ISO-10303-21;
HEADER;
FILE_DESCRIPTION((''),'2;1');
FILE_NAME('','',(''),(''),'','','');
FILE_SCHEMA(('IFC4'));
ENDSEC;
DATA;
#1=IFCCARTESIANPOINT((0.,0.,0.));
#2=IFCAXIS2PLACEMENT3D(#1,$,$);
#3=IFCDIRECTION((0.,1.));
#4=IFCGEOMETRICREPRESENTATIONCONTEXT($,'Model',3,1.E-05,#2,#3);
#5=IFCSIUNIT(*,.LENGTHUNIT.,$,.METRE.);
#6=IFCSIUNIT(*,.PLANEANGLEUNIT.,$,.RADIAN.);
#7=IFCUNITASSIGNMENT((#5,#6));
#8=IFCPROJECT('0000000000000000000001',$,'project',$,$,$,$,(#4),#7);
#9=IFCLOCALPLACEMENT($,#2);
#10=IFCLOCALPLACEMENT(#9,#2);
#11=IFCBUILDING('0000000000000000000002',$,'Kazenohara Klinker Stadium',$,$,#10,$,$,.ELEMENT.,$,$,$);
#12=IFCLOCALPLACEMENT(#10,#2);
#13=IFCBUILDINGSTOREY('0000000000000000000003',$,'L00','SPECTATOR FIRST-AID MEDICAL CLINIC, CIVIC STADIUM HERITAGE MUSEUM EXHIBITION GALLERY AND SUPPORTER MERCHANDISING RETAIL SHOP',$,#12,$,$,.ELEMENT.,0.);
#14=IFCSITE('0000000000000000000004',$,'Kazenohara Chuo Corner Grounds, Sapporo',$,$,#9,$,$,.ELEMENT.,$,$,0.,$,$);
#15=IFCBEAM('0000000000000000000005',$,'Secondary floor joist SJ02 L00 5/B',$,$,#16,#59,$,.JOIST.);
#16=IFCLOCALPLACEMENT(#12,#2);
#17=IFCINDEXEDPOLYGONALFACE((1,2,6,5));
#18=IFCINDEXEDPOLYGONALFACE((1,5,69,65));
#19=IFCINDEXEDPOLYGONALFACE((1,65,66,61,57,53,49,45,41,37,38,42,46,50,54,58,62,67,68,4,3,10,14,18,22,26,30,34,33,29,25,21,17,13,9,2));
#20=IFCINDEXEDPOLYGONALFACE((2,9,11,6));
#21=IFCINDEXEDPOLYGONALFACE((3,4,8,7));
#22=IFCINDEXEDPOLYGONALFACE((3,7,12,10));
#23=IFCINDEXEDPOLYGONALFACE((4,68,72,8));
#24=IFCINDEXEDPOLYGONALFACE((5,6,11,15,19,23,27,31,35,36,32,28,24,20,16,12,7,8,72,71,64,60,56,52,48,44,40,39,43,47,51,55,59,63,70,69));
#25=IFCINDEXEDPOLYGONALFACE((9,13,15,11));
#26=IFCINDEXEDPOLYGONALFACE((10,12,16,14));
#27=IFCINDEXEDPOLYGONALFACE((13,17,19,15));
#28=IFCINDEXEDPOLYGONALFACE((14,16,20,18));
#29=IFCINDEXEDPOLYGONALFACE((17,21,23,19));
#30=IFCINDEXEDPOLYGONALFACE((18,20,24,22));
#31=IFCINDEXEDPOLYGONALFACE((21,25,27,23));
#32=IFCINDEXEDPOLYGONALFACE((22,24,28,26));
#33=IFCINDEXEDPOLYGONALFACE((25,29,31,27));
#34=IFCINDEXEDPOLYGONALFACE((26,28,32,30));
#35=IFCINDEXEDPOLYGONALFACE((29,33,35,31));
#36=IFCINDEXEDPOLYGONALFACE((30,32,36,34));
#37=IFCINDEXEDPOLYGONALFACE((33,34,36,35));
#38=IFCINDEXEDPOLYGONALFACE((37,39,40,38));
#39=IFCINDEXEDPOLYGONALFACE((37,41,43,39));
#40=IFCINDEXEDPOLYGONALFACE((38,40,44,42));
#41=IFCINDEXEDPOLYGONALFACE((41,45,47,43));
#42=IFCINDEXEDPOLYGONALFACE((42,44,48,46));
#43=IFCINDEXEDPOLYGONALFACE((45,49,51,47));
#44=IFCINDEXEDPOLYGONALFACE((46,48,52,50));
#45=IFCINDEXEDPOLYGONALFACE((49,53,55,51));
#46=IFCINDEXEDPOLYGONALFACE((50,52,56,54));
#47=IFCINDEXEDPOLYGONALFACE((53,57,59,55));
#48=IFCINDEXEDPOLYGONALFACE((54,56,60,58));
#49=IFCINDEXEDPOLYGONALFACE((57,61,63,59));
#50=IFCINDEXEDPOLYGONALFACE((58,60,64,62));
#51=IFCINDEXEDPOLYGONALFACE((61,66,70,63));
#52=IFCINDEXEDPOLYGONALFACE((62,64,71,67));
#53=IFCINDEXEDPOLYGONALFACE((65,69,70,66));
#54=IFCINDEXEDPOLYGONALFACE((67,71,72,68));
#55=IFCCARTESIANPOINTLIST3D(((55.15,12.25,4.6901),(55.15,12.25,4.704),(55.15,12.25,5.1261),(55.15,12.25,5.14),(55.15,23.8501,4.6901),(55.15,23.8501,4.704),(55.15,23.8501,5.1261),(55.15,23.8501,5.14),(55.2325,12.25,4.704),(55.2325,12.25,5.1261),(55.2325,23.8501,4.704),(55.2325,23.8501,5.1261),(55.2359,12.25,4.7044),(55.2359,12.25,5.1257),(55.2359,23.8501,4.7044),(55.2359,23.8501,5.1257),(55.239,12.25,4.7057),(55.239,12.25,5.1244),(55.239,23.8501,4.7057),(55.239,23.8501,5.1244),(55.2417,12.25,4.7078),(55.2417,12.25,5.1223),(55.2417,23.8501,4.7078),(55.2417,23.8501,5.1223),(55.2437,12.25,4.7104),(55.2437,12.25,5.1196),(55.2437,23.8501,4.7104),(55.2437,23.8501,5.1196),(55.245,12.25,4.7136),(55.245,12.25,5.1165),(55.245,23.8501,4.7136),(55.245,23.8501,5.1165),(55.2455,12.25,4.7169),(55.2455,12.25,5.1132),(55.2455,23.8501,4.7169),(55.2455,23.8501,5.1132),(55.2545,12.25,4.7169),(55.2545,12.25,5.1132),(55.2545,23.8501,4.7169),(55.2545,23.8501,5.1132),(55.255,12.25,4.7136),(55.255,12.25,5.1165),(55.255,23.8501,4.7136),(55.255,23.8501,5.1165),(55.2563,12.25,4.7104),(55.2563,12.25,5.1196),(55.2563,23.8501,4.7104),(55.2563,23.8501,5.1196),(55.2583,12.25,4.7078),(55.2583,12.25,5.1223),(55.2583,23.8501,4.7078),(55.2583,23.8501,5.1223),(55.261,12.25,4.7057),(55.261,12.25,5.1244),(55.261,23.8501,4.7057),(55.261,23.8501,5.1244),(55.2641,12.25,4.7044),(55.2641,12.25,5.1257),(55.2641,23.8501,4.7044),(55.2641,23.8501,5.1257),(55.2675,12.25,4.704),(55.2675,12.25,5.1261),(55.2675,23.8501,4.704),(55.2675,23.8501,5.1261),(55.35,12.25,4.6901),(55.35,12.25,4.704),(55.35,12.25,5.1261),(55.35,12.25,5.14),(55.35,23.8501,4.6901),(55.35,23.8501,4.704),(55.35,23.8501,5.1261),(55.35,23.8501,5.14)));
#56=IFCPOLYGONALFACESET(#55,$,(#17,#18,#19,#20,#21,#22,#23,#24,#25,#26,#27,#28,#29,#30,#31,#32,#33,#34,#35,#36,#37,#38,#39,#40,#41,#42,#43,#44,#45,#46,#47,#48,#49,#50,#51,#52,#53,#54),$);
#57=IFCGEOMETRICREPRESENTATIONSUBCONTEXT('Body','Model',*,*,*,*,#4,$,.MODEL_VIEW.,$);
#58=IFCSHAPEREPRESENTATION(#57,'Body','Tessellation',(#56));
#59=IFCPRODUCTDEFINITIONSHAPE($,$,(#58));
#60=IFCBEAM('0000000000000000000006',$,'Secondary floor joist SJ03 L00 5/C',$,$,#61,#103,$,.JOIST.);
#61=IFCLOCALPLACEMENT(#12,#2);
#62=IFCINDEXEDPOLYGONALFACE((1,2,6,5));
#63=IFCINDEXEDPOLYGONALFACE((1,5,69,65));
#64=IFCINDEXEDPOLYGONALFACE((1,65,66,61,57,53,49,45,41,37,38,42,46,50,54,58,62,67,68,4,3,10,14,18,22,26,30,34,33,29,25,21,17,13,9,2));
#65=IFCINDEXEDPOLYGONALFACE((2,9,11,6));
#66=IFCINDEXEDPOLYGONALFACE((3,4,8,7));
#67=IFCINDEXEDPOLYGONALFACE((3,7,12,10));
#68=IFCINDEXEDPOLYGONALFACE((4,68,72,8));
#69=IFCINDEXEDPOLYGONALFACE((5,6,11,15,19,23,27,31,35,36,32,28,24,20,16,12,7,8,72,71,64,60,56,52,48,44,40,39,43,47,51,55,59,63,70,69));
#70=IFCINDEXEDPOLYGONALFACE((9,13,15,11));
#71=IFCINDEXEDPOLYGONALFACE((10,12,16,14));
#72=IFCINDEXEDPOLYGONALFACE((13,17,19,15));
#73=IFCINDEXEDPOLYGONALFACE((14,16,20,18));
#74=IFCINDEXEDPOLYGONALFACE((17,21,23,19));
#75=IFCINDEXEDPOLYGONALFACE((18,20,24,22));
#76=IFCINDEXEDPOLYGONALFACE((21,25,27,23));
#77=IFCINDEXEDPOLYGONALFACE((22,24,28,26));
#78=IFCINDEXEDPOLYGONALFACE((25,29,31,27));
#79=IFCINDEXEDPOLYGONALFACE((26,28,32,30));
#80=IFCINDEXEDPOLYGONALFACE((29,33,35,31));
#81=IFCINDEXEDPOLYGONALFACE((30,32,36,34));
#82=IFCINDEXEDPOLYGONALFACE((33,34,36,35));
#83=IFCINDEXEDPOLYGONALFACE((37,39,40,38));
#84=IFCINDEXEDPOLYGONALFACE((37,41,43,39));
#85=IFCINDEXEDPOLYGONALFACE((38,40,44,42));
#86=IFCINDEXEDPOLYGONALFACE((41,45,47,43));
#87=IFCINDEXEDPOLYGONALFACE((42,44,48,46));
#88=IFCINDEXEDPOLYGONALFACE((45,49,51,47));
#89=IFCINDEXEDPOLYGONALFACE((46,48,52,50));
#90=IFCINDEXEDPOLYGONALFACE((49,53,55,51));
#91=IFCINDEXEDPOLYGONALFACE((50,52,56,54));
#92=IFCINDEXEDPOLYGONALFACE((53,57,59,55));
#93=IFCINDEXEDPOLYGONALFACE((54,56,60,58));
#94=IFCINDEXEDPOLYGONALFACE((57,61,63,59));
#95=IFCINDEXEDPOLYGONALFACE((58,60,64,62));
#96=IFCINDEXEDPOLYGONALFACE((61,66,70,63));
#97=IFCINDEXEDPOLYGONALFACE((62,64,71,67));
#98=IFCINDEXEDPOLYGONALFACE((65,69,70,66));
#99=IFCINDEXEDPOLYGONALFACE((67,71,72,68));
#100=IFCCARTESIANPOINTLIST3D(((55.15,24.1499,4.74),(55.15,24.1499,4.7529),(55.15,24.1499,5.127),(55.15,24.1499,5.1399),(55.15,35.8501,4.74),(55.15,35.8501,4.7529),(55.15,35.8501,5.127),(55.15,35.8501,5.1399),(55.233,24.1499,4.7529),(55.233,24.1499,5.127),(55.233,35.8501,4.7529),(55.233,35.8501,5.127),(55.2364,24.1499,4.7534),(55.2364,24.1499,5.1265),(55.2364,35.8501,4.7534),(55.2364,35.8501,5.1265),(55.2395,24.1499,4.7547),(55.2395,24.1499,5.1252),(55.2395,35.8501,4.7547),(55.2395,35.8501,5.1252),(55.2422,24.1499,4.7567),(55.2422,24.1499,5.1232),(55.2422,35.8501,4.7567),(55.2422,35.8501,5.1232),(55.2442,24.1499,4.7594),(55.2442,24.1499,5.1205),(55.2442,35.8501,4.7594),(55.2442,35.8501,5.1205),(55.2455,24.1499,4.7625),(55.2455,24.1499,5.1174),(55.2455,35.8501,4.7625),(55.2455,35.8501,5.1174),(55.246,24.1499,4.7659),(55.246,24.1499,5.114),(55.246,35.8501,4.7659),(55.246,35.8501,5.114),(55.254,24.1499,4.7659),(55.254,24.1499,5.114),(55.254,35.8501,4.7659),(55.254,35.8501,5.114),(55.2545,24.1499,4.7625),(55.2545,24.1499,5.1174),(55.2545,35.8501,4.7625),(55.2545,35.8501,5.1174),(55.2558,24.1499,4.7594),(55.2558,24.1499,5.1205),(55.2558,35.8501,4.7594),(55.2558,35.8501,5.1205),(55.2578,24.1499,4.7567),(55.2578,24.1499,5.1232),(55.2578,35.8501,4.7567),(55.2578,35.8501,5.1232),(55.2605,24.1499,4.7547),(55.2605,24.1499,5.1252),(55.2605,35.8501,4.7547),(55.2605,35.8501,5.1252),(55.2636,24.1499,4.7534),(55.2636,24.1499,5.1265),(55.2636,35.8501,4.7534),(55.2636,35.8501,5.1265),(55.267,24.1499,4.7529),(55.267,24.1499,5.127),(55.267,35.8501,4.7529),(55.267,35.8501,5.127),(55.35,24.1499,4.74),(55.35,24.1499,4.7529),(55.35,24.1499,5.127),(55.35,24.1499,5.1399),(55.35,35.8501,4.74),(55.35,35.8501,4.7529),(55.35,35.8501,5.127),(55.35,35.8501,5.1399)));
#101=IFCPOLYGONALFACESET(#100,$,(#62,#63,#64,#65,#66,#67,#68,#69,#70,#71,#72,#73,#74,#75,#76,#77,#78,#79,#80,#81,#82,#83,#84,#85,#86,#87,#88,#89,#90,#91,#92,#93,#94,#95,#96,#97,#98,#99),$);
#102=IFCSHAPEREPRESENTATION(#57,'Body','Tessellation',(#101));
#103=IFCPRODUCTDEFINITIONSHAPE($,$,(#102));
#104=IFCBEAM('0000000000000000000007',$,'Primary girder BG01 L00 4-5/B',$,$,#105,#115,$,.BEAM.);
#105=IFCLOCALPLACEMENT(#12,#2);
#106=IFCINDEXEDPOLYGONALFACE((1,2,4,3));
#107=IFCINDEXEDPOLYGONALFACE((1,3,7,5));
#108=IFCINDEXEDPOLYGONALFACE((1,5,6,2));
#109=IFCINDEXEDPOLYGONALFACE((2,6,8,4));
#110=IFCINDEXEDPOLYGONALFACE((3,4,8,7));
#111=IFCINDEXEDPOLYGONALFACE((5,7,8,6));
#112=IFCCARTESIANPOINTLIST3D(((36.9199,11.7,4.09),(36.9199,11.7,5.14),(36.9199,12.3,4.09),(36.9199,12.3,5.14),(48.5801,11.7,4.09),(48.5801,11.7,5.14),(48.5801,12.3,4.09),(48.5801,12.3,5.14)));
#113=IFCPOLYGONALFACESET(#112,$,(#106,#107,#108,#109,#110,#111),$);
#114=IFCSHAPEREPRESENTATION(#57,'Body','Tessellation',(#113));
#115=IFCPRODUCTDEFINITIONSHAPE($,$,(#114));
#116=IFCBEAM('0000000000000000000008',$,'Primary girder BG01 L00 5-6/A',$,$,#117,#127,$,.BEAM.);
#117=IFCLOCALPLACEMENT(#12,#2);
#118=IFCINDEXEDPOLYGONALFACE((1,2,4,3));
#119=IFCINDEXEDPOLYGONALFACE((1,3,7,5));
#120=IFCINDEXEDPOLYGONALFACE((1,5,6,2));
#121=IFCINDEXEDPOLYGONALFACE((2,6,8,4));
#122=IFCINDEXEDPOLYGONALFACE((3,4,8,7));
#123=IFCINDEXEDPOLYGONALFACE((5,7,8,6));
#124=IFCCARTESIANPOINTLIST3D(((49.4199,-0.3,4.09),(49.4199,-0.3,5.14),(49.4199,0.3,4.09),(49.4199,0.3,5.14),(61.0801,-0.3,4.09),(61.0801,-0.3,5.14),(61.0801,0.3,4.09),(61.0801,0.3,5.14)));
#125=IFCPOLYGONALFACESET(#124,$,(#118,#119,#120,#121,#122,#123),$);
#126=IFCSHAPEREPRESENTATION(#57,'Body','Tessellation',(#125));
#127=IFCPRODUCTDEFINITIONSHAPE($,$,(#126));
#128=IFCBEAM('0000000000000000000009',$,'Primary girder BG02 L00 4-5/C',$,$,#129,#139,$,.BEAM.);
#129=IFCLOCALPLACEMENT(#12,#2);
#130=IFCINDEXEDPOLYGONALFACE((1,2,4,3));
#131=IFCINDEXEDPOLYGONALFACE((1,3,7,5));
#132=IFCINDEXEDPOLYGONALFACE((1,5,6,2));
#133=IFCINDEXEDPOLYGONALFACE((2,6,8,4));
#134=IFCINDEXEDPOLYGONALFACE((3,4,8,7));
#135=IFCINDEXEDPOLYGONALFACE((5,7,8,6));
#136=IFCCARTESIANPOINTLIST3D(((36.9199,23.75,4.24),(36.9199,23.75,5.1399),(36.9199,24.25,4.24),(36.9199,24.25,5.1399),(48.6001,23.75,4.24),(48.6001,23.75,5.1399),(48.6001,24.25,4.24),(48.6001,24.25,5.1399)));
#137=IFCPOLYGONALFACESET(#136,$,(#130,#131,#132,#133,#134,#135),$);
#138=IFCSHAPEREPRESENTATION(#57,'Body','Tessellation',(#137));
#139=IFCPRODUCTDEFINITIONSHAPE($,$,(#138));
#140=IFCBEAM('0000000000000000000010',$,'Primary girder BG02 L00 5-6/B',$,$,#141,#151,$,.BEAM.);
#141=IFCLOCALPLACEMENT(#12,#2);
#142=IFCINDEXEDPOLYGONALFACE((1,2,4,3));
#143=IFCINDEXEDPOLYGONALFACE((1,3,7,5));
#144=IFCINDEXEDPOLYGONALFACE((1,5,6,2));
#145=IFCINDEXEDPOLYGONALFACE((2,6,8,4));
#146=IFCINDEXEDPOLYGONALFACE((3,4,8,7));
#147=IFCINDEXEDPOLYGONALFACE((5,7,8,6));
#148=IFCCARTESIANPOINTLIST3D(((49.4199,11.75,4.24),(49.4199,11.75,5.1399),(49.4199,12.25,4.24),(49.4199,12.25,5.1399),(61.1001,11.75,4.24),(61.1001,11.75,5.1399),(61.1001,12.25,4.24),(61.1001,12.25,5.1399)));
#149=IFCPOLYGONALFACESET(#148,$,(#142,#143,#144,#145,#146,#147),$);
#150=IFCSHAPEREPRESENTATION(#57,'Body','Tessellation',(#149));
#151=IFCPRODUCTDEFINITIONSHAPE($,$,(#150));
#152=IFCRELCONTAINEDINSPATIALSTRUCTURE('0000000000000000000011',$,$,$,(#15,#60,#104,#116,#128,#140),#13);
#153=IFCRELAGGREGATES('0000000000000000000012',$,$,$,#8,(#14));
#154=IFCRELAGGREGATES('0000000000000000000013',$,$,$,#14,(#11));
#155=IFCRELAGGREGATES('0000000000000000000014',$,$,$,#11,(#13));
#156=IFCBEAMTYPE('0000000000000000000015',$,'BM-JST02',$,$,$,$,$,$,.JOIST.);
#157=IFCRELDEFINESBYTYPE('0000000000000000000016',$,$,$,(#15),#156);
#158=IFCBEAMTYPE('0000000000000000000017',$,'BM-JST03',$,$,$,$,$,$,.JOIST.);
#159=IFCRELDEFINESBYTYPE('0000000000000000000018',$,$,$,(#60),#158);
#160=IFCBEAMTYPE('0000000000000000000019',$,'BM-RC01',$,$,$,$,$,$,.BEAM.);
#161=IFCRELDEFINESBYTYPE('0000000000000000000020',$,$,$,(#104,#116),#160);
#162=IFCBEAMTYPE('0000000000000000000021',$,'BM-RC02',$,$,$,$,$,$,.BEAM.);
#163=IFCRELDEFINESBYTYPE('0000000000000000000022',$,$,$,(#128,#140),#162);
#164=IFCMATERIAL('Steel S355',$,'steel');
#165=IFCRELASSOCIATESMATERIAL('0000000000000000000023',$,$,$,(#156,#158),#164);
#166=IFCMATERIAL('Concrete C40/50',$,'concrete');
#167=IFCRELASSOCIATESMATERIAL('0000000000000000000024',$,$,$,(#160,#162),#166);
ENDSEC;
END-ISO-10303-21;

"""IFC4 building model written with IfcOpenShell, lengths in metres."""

from ifc_helpers import new_model, si_unit, direction, frame, origin, origin_2d, place, context, subcontext, project, spatial, rectangle, i_section, extrude, material, material_profile, profile_set, type_object, element, save


model = new_model("IFC4")

# Units and contexts
model_context = context("Model", 3, precision=1e-05, world=origin(), true_north=direction((0.0, 1.0)))
body_context = subcontext(model_context, "Body", "Model", "MODEL_VIEW")
ifc_project = project(units=[si_unit("LENGTHUNIT", "METRE"), si_unit("PLANEANGLEUNIT", "RADIAN")], contexts=[model_context])

# Site, building, storey
site_placement = place(None, origin())
site = spatial("IfcSite", under=ifc_project, at=site_placement, Name="Kazenohara Chuo Corner Grounds, Sapporo", CompositionType="ELEMENT", RefElevation=0.0)
building_placement = place(site_placement, origin())
building = spatial("IfcBuilding", under=site, at=building_placement, Name="Kazenohara Klinker Stadium", CompositionType="ELEMENT")
storey_placement = place(building_placement, origin())
storey = spatial("IfcBuildingStorey", under=building, at=storey_placement, Name="L00", Description="SPECTATOR FIRST-AID MEDICAL CLINIC, CIVIC STADIUM HERITAGE MUSEUM EXHIBITION GALLERY AND SUPPORTER MERCHANDISING RETAIL SHOP", CompositionType="ELEMENT", Elevation=0.0)

# Shared definitions
ifc_material_1 = material(Name="Concrete C40/50", Category="concrete")

# Beams
ifc_material_2 = material(Name="Steel S355", Category="steel")
ifc_material_profile_1 = material_profile(ifc_material_2, i_section(OverallWidth=0.2, OverallDepth=0.45, WebThickness=0.009, FlangeThickness=0.0139, FilletRadius=0.0129, at=origin_2d()), Name="H-450x200x9x14")
ifc_profile_set_1 = profile_set([ifc_material_profile_1], Name="Steel S355")
beam_type_1 = type_object("IfcBeamType", Name="BM-JST02", PredefinedType="JOIST", material=ifc_profile_set_1)
beam_1_placement = place(storey_placement, frame((55.25, 12.25, 4.915), z_axis=(0.0, 1.0, 0.0), x_axis=(-1.0, 0.0, 0.0)))
element("IfcBeam", 1, at=beam_1_placement, inside=storey, type_object=beam_type_1, Name="Secondary floor joist SJ02 L00 5/B", PredefinedType="JOIST", context=body_context, shape_type="SweptSolid", body=[
    extrude(i_section(OverallWidth=0.2, OverallDepth=0.45, WebThickness=0.009, FlangeThickness=0.0139, FilletRadius=0.0129, at=origin_2d()), origin(), (0.0, 0.0, 1.0), 11.6001),
])
ifc_material_profile_2 = material_profile(ifc_material_2, i_section(OverallWidth=0.2, OverallDepth=0.3999, WebThickness=0.0081, FlangeThickness=0.0129, FilletRadius=0.0129, at=origin_2d()), Name="H-400x200x8x13")
ifc_profile_set_2 = profile_set([ifc_material_profile_2], Name="Steel S355")
beam_type_2 = type_object("IfcBeamType", Name="BM-JST03", PredefinedType="JOIST", material=ifc_profile_set_2)
beam_2_placement = place(storey_placement, frame((55.25, 24.1499, 4.9399), z_axis=(0.0, 1.0, 0.0), x_axis=(-1.0, 0.0, 0.0)))
element("IfcBeam", 2, at=beam_2_placement, inside=storey, type_object=beam_type_2, Name="Secondary floor joist SJ03 L00 5/C", PredefinedType="JOIST", context=body_context, shape_type="SweptSolid", body=[
    extrude(i_section(OverallWidth=0.2, OverallDepth=0.3999, WebThickness=0.0081, FlangeThickness=0.0129, FilletRadius=0.0129, at=origin_2d()), origin(), (0.0, 0.0, 1.0), 11.7002),
])
ifc_material_profile_3 = material_profile(ifc_material_1, rectangle(XDim=0.6001, YDim=1.05, at=origin_2d()), Name="RC-BM-600x1050")
ifc_profile_set_3 = profile_set([ifc_material_profile_3], Name="Concrete C40/50")
beam_type_3 = type_object("IfcBeamType", Name="BM-RC01", PredefinedType="BEAM", material=ifc_profile_set_3)
for number, where, z_axis, x_axis, name in (
    (3, (36.9199, 12.0, 4.615), (1.0, 0.0, 0.0), (0.0, 1.0, 0.0), "Primary girder BG01 L00 4-5/B"),
    (4, (49.4199, 0.0, 4.615), (1.0, 0.0, 0.0), (0.0, 1.0, 0.0), "Primary girder BG01 L00 5-6/A"),
):
    element("IfcBeam", number, at=place(storey_placement, frame(where, z_axis=z_axis, x_axis=x_axis)), inside=storey, type_object=beam_type_3, Name=name, PredefinedType="BEAM", context=body_context, shape_type="SweptSolid", body=[
        extrude(rectangle(XDim=0.6001, YDim=1.05, at=origin_2d()), origin(), (0.0, 0.0, 1.0), 11.6602),
    ])
ifc_material_profile_4 = material_profile(ifc_material_1, rectangle(XDim=0.5, YDim=0.8999, at=origin_2d()), Name="RC-BM-500x900")
ifc_profile_set_4 = profile_set([ifc_material_profile_4], Name="Concrete C40/50")
beam_type_4 = type_object("IfcBeamType", Name="BM-RC02", PredefinedType="BEAM", material=ifc_profile_set_4)
for number, where, z_axis, x_axis, name in (
    (5, (36.9199, 24.0, 4.6899), (1.0, 0.0, 0.0), (0.0, 1.0, 0.0), "Primary girder BG02 L00 4-5/C"),
    (6, (49.4199, 12.0, 4.6899), (1.0, 0.0, 0.0), (0.0, 1.0, 0.0), "Primary girder BG02 L00 5-6/B"),
):
    element("IfcBeam", number, at=place(storey_placement, frame(where, z_axis=z_axis, x_axis=x_axis)), inside=storey, type_object=beam_type_4, Name=name, PredefinedType="BEAM", context=body_context, shape_type="SweptSolid", body=[
        extrude(rectangle(XDim=0.5, YDim=0.8999, at=origin_2d()), origin(), (0.0, 0.0, 1.0), 11.6802),
    ])

save(model, "model.ifc")
